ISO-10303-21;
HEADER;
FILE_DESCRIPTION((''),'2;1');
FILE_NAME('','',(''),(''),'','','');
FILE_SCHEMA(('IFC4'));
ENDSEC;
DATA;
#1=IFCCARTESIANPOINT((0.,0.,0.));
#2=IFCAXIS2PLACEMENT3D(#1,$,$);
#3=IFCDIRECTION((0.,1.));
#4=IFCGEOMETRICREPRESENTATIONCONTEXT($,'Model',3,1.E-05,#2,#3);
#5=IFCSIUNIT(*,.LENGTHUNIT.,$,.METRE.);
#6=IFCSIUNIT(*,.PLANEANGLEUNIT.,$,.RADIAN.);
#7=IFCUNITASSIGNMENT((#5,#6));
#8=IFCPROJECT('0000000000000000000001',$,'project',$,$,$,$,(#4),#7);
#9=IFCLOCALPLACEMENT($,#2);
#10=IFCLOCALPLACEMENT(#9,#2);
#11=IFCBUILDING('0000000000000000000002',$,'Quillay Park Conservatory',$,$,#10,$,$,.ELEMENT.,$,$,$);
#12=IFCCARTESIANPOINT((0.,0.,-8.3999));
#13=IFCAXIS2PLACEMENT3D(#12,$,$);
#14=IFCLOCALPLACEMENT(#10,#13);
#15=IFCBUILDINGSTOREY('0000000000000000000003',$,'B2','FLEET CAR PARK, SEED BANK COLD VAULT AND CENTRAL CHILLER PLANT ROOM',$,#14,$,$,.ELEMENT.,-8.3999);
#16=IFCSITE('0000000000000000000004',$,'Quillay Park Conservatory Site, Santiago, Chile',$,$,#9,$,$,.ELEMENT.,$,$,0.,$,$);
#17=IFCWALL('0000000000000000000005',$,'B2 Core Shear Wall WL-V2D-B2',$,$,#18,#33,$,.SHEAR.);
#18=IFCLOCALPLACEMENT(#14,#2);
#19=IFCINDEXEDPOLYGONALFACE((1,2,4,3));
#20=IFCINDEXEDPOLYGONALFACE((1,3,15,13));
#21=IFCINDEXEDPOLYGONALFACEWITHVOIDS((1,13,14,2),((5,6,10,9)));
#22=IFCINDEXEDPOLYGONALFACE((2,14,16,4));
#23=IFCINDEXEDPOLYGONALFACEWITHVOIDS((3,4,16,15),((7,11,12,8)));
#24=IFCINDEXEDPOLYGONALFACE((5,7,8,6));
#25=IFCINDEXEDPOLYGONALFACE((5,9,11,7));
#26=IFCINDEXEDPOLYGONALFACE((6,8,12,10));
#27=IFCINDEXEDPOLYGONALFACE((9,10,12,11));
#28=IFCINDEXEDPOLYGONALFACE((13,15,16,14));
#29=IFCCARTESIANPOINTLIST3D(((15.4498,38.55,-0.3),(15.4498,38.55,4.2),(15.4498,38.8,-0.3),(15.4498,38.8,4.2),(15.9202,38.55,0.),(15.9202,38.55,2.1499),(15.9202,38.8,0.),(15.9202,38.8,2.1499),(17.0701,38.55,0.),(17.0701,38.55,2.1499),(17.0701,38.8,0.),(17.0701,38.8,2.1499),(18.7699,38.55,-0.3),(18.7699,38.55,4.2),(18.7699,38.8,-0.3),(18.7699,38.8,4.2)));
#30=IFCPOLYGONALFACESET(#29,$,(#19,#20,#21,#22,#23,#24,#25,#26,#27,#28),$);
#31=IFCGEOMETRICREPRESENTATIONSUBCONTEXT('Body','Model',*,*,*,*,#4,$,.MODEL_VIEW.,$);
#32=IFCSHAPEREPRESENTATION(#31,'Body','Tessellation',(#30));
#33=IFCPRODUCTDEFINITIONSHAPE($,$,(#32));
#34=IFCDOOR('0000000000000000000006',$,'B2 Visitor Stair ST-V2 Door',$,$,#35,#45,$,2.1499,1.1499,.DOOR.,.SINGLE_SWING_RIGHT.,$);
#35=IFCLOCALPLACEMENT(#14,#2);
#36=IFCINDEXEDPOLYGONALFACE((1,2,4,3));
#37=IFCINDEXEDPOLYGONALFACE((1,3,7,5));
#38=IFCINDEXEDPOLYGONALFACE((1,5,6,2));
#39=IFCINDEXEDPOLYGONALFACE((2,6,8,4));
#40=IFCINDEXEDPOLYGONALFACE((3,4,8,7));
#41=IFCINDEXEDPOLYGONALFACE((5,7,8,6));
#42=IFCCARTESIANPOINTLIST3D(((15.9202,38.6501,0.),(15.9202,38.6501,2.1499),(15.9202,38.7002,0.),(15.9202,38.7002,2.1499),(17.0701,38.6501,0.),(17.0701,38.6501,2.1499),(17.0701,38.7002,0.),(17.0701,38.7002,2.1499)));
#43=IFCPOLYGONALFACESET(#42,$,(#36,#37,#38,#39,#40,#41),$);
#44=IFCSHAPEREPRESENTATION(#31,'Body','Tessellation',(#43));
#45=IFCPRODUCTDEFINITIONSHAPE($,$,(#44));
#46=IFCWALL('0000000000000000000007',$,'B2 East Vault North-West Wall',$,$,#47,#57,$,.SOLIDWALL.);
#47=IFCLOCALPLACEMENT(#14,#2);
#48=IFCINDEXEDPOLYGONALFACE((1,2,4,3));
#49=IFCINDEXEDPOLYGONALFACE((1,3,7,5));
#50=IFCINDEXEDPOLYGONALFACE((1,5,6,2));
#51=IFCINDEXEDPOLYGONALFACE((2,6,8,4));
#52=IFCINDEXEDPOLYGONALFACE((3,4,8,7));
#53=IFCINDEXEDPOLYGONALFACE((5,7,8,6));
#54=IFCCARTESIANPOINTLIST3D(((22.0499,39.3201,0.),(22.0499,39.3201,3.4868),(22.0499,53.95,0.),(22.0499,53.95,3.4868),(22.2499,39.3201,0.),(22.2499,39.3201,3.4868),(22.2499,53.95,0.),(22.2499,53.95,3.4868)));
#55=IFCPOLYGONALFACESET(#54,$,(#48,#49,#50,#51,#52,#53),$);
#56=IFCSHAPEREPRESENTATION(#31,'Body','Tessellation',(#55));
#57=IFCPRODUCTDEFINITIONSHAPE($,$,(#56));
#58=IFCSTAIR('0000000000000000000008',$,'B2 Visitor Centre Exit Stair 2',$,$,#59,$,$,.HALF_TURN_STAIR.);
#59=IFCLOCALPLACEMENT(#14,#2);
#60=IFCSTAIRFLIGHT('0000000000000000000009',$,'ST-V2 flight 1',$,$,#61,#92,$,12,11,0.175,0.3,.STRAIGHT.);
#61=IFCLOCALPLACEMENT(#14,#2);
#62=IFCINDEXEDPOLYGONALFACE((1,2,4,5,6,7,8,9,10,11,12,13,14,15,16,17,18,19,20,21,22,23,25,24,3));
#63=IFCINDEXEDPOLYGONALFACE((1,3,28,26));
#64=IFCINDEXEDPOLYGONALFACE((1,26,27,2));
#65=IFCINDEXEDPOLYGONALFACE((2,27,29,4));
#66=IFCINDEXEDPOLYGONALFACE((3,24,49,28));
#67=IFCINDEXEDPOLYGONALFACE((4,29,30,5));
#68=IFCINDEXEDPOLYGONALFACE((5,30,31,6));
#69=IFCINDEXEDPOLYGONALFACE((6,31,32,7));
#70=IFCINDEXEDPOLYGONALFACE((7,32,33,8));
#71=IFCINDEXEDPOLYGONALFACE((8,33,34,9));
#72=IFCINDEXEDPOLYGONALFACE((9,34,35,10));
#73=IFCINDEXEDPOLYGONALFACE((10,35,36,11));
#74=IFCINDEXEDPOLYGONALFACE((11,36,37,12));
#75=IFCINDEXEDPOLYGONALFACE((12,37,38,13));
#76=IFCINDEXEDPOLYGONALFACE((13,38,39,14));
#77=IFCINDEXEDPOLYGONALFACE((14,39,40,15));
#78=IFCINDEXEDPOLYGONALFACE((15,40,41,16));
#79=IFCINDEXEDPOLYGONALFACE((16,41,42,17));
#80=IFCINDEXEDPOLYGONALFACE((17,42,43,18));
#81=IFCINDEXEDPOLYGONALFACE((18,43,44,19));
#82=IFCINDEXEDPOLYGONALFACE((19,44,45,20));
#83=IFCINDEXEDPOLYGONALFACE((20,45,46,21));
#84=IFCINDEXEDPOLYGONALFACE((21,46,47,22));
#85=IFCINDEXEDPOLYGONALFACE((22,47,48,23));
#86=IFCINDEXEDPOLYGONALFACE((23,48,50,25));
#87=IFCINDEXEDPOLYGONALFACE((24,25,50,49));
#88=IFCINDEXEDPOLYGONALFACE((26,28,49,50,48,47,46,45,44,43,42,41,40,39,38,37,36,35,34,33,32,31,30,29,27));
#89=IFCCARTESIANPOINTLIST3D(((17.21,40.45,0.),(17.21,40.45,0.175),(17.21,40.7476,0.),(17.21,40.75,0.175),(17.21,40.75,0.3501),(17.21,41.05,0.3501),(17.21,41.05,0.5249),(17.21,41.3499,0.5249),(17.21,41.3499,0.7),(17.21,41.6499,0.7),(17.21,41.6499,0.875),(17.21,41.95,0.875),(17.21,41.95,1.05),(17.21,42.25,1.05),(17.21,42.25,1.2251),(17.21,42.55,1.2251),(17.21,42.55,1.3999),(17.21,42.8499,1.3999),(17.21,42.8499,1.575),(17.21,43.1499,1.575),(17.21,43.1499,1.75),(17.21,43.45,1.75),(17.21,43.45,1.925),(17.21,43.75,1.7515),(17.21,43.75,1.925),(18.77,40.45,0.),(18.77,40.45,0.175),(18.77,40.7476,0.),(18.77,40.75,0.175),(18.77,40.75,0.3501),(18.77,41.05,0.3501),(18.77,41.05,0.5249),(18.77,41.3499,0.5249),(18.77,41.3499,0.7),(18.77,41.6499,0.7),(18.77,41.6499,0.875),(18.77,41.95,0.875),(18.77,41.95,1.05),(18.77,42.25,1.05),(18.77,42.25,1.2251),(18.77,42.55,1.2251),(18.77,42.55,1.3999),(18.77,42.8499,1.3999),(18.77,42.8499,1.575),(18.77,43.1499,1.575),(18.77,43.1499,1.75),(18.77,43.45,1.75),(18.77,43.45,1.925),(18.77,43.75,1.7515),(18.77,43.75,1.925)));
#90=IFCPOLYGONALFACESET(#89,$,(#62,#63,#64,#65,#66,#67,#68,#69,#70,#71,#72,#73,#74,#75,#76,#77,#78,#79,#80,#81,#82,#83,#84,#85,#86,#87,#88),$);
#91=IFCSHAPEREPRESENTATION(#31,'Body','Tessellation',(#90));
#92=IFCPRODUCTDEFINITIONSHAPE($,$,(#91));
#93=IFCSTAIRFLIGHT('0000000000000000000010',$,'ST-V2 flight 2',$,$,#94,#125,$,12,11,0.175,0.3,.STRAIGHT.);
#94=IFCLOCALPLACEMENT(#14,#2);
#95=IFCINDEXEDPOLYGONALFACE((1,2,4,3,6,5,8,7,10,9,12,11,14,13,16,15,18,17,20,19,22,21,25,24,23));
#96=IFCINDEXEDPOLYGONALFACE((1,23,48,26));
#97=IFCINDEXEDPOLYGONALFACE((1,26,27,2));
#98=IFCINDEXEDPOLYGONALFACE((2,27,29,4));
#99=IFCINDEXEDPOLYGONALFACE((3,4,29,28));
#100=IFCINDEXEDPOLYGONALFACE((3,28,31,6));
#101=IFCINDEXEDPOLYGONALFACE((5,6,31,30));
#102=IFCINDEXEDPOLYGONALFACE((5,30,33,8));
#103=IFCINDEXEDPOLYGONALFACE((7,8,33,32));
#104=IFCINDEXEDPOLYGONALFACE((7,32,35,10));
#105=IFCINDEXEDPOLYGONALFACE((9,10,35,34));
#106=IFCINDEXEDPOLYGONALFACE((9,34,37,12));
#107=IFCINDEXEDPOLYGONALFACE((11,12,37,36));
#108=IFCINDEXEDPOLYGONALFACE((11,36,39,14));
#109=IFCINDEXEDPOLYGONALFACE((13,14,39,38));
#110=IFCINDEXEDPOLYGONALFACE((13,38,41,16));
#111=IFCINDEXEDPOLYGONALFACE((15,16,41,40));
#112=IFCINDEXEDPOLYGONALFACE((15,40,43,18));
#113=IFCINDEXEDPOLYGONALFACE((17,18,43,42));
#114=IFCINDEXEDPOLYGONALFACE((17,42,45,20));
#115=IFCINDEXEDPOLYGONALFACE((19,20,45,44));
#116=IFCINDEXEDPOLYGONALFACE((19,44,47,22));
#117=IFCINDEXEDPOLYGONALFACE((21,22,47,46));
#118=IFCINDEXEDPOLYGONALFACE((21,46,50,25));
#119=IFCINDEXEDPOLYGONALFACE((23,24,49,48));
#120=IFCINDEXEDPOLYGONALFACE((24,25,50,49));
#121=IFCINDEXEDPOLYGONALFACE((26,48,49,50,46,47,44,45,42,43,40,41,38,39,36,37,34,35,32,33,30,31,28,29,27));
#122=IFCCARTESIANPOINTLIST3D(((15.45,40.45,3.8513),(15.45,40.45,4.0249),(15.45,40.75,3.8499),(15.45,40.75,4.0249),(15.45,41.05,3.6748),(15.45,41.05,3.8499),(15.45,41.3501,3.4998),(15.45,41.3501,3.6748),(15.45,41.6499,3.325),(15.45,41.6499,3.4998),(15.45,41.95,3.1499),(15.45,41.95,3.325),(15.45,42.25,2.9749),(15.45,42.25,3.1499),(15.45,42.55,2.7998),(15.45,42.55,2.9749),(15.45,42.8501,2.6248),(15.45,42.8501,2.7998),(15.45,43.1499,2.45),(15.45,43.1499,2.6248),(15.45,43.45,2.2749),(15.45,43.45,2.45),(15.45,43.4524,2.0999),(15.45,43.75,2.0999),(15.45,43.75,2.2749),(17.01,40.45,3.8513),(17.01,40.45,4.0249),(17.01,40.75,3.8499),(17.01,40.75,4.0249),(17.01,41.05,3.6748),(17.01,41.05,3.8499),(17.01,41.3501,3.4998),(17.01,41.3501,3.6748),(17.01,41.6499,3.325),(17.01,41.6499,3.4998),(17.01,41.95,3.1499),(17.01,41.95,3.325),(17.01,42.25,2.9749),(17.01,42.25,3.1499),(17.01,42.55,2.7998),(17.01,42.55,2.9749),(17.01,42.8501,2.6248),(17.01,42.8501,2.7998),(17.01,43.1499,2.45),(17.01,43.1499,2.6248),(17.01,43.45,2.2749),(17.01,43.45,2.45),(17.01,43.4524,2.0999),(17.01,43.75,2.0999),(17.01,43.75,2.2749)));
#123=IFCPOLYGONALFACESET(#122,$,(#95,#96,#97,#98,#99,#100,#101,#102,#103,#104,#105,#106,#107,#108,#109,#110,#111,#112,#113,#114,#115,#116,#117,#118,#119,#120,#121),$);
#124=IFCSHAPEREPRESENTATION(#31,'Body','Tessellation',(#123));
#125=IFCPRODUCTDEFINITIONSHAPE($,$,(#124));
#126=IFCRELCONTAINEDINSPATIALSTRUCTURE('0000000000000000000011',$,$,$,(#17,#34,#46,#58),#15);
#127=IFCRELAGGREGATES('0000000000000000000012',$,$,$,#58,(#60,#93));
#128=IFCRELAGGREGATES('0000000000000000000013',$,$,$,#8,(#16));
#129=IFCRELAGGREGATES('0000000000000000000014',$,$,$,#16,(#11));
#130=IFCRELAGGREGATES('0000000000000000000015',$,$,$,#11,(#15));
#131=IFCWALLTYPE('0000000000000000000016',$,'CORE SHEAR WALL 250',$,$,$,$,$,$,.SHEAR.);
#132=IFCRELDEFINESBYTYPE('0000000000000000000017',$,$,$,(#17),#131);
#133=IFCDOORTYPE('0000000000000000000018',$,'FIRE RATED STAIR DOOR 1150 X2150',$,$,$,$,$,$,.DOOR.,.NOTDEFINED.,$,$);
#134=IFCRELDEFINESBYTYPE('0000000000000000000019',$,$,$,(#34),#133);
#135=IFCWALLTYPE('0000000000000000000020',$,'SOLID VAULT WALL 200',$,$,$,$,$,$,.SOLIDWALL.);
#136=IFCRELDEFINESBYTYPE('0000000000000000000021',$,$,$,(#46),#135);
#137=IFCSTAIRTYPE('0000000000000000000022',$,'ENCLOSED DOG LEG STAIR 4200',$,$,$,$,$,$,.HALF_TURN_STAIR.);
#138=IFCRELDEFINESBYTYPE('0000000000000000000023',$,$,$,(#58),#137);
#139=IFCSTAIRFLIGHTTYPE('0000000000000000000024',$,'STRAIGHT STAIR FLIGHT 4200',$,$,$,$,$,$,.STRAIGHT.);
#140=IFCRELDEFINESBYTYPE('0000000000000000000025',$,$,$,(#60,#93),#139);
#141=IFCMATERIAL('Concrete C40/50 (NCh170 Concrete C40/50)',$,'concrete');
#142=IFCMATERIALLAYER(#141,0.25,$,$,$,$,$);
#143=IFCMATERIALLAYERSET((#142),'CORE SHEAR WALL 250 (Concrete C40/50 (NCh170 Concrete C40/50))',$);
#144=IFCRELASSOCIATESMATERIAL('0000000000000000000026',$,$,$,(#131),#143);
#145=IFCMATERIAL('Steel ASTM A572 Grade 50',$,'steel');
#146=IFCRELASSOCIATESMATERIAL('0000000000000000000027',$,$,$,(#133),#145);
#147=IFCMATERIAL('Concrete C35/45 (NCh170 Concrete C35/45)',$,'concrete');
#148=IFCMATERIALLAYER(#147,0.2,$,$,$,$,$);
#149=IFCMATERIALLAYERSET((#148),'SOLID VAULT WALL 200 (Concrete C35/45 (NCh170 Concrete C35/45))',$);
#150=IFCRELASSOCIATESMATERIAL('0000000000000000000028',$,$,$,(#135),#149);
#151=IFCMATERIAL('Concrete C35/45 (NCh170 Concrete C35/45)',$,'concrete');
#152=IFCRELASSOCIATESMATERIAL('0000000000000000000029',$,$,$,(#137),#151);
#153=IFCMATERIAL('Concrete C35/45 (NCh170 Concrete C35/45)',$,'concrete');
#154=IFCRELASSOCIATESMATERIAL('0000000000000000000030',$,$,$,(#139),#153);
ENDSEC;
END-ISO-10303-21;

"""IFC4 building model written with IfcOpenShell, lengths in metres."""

from ifc_helpers import new_model, si_unit, direction, frame, frame_2d, origin, place, context, subcontext, project, spatial, polyline, rectangle, outline, extrude, material, layer, layer_set, type_object, element, fill, aggregate, save


model = new_model("IFC4")

# Units and contexts
model_context = context("Model", 3, precision=1e-05, world=origin(), true_north=direction((0.0, 1.0)))
body_context = subcontext(model_context, "Body", "Model", "MODEL_VIEW")
ifc_project = project(units=[si_unit("LENGTHUNIT", "METRE"), si_unit("PLANEANGLEUNIT", "RADIAN")], contexts=[model_context])

# Site, building, storey
site_placement = place(None, origin())
site = spatial("IfcSite", under=ifc_project, at=site_placement, Name="Quillay Park Conservatory Site, Santiago, Chile", CompositionType="ELEMENT", RefElevation=0.0)
building_placement = place(site_placement, origin())
building = spatial("IfcBuilding", under=site, at=building_placement, Name="Quillay Park Conservatory", CompositionType="ELEMENT")
storey_placement = place(building_placement, frame((0.0, 0.0, -8.3999)))
storey = spatial("IfcBuildingStorey", under=building, at=storey_placement, Name="B2", Description="FLEET CAR PARK, SEED BANK COLD VAULT AND CENTRAL CHILLER PLANT ROOM", CompositionType="ELEMENT", Elevation=-8.3999)

# Shared definitions
ifc_material_1 = material(Name="Concrete C40/50 (NCh170 Concrete C40/50)", Category="concrete")
ifc_layer_1 = layer(ifc_material_1, 0.25)
ifc_layer_set_1 = layer_set([ifc_layer_1], Name="CORE SHEAR WALL 250 (Concrete C40/50 (NCh170 Concrete C40/50))")
wall_type_1 = type_object("IfcWallType", Name="CORE SHEAR WALL 250", PredefinedType="SHEAR", material=ifc_layer_set_1)

# Wall, opening, door
wall_1_placement = place(storey_placement, frame((18.77, 38.675, -0.3), z_axis=(0.0, 0.0, 1.0), x_axis=(-1.0, 0.0, 0.0)))
wall_1 = element("IfcWall", 1, at=wall_1_placement, inside=storey, type_object=wall_type_1, Name="B2 Core Shear Wall WL-V2D-B2", PredefinedType="SHEAR", context=body_context, shape_type="SweptSolid", body=[
    extrude(rectangle(XDim=3.3201, YDim=0.25, at=frame_2d((1.6602, 0.0))), origin(), (0.0, 0.0, 1.0), 4.5),
])
opening_placement = place(wall_1_placement, frame((1.7, 0.0, 0.3)))
opening = element("IfcOpeningElement", 2, at=opening_placement, cuts=wall_1, PredefinedType="OPENING", context=body_context, shape_type="SweptSolid", body=[
    extrude(rectangle(XDim=1.1499, YDim=2.1499, at=frame_2d((0.575, 1.075))), frame((0.0, 0.125, 0.0), z_axis=(0.0, -1.0, 0.0), x_axis=(1.0, 0.0, 0.0)), (0.0, 0.0, 1.0), 0.25),
])
ifc_material_2 = material(Name="Steel ASTM A572 Grade 50", Category="steel")
door_type = type_object("IfcDoorType", Name="FIRE RATED STAIR DOOR 1150 X2150", OperationType="NOTDEFINED", PredefinedType="DOOR", material=ifc_material_2)
door_placement = place(opening_placement, origin())
door = element("IfcDoor", 3, at=door_placement, inside=storey, type_object=door_type, Name="B2 Visitor Stair ST-V2 Door", OperationType="SINGLE_SWING_RIGHT", OverallHeight=2.1499, OverallWidth=1.1499, PredefinedType="DOOR", context=body_context, shape_type="SweptSolid", body=[
    extrude(rectangle(XDim=1.1499, YDim=2.1499, at=frame_2d((0.575, 1.075))), frame((0.0, 0.0249, 0.0), z_axis=(0.0, -1.0, 0.0), x_axis=(1.0, 0.0, 0.0)), (0.0, 0.0, 1.0), 0.05),
])
fill(opening, door)

# Wall
ifc_material_3 = material(Name="Concrete C35/45 (NCh170 Concrete C35/45)", Category="concrete")
ifc_layer_2 = layer(ifc_material_3, 0.2)
ifc_layer_set_2 = layer_set([ifc_layer_2], Name="SOLID VAULT WALL 200 (Concrete C35/45 (NCh170 Concrete C35/45))")
wall_type_2 = type_object("IfcWallType", Name="SOLID VAULT WALL 200", PredefinedType="SOLIDWALL", material=ifc_layer_set_2)
wall_2_placement = place(storey_placement, frame((22.1499, 39.3201, 0.0), z_axis=(0.0, 0.0, 1.0), x_axis=(0.0, 1.0, 0.0)))
element("IfcWall", 4, at=wall_2_placement, inside=storey, type_object=wall_type_2, Name="B2 East Vault North-West Wall", PredefinedType="SOLIDWALL", context=body_context, shape_type="SweptSolid", body=[
    extrude(rectangle(XDim=14.6299, YDim=0.2, at=frame_2d((7.3149, 0.0))), origin(), (0.0, 0.0, 1.0), 3.4868),
])

# Stair, stair flights
ifc_material_4 = material(Name="Concrete C35/45 (NCh170 Concrete C35/45)", Category="concrete")
stair_type = type_object("IfcStairType", Name="ENCLOSED DOG LEG STAIR 4200", PredefinedType="HALF_TURN_STAIR", material=ifc_material_4)
stair_placement = place(storey_placement, origin())
stair = element("IfcStair", 5, at=stair_placement, inside=storey, type_object=stair_type, Name="B2 Visitor Centre Exit Stair 2", PredefinedType="HALF_TURN_STAIR")
ifc_material_5 = material(Name="Concrete C35/45 (NCh170 Concrete C35/45)", Category="concrete")
stair_flight_type = type_object("IfcStairFlightType", Name="STRAIGHT STAIR FLIGHT 4200", PredefinedType="STRAIGHT", material=ifc_material_5)
stair_flight_1_placement = place(storey_placement, frame((17.99, 40.45, 0.0), z_axis=(0.0, 0.0, 1.0), x_axis=(0.0, 1.0, 0.0)))
stair_flight_1 = element("IfcStairFlight", 6, at=stair_flight_1_placement, type_object=stair_flight_type, Name="ST-V2 flight 1", NumberOfRisers=12, NumberOfTreads=11, PredefinedType="STRAIGHT", RiserHeight=0.175, TreadLength=0.3, context=body_context, shape_type="SweptSolid", body=[
    extrude(outline(polyline([(0.0, 0.0), (0.0, 0.175), (0.3, 0.175), (0.3, 0.3501), (0.6001, 0.3501), (0.6001, 0.5249), (0.8999, 0.5249), (0.8999, 0.7), (1.2, 0.7), (1.2, 0.875), (1.5, 0.875), (1.5, 1.05), (1.8, 1.05), (1.8, 1.2251), (2.1001, 1.2251), (2.1001, 1.3999), (2.3999, 1.3999), (2.3999, 1.575), (2.7, 1.575), (2.7, 1.75), (3.0, 1.75), (3.0, 1.925), (3.3, 1.925), (3.3, 2.1001), (3.3, 1.7515), (0.2976, 0.0), (0.0, 0.0)])), frame((0.0, 0.78, 0.0), z_axis=(0.0, -1.0, 0.0), x_axis=(1.0, 0.0, 0.0)), (0.0, 0.0, 1.0), 1.5601),
])
stair_flight_2_placement = place(storey_placement, frame((16.23, 43.75, 2.0999), z_axis=(0.0, 0.0, 1.0), x_axis=(0.0, -1.0, 0.0)))
stair_flight_2 = element("IfcStairFlight", 7, at=stair_flight_2_placement, type_object=stair_flight_type, Name="ST-V2 flight 2", NumberOfRisers=12, NumberOfTreads=11, PredefinedType="STRAIGHT", RiserHeight=0.175, TreadLength=0.3, context=body_context, shape_type="SweptSolid", body=[
    extrude(outline(polyline([(0.0, 0.0), (0.0, 0.175), (0.3, 0.175), (0.3, 0.3501), (0.6001, 0.3501), (0.6001, 0.5249), (0.8999, 0.5249), (0.8999, 0.7), (1.2, 0.7), (1.2, 0.875), (1.5, 0.875), (1.5, 1.05), (1.8, 1.05), (1.8, 1.2251), (2.1001, 1.2251), (2.1001, 1.3999), (2.3999, 1.3999), (2.3999, 1.575), (2.7, 1.575), (2.7, 1.75), (3.0, 1.75), (3.0, 1.925), (3.3, 1.925), (3.3, 2.1001), (3.3, 1.7515), (0.2976, 0.0), (0.0, 0.0)])), frame((0.0, 0.78, 0.0), z_axis=(0.0, -1.0, 0.0), x_axis=(1.0, 0.0, 0.0)), (0.0, 0.0, 1.0), 1.5601),
])
aggregate(stair, [stair_flight_1, stair_flight_2])

save(model, "model.ifc")
